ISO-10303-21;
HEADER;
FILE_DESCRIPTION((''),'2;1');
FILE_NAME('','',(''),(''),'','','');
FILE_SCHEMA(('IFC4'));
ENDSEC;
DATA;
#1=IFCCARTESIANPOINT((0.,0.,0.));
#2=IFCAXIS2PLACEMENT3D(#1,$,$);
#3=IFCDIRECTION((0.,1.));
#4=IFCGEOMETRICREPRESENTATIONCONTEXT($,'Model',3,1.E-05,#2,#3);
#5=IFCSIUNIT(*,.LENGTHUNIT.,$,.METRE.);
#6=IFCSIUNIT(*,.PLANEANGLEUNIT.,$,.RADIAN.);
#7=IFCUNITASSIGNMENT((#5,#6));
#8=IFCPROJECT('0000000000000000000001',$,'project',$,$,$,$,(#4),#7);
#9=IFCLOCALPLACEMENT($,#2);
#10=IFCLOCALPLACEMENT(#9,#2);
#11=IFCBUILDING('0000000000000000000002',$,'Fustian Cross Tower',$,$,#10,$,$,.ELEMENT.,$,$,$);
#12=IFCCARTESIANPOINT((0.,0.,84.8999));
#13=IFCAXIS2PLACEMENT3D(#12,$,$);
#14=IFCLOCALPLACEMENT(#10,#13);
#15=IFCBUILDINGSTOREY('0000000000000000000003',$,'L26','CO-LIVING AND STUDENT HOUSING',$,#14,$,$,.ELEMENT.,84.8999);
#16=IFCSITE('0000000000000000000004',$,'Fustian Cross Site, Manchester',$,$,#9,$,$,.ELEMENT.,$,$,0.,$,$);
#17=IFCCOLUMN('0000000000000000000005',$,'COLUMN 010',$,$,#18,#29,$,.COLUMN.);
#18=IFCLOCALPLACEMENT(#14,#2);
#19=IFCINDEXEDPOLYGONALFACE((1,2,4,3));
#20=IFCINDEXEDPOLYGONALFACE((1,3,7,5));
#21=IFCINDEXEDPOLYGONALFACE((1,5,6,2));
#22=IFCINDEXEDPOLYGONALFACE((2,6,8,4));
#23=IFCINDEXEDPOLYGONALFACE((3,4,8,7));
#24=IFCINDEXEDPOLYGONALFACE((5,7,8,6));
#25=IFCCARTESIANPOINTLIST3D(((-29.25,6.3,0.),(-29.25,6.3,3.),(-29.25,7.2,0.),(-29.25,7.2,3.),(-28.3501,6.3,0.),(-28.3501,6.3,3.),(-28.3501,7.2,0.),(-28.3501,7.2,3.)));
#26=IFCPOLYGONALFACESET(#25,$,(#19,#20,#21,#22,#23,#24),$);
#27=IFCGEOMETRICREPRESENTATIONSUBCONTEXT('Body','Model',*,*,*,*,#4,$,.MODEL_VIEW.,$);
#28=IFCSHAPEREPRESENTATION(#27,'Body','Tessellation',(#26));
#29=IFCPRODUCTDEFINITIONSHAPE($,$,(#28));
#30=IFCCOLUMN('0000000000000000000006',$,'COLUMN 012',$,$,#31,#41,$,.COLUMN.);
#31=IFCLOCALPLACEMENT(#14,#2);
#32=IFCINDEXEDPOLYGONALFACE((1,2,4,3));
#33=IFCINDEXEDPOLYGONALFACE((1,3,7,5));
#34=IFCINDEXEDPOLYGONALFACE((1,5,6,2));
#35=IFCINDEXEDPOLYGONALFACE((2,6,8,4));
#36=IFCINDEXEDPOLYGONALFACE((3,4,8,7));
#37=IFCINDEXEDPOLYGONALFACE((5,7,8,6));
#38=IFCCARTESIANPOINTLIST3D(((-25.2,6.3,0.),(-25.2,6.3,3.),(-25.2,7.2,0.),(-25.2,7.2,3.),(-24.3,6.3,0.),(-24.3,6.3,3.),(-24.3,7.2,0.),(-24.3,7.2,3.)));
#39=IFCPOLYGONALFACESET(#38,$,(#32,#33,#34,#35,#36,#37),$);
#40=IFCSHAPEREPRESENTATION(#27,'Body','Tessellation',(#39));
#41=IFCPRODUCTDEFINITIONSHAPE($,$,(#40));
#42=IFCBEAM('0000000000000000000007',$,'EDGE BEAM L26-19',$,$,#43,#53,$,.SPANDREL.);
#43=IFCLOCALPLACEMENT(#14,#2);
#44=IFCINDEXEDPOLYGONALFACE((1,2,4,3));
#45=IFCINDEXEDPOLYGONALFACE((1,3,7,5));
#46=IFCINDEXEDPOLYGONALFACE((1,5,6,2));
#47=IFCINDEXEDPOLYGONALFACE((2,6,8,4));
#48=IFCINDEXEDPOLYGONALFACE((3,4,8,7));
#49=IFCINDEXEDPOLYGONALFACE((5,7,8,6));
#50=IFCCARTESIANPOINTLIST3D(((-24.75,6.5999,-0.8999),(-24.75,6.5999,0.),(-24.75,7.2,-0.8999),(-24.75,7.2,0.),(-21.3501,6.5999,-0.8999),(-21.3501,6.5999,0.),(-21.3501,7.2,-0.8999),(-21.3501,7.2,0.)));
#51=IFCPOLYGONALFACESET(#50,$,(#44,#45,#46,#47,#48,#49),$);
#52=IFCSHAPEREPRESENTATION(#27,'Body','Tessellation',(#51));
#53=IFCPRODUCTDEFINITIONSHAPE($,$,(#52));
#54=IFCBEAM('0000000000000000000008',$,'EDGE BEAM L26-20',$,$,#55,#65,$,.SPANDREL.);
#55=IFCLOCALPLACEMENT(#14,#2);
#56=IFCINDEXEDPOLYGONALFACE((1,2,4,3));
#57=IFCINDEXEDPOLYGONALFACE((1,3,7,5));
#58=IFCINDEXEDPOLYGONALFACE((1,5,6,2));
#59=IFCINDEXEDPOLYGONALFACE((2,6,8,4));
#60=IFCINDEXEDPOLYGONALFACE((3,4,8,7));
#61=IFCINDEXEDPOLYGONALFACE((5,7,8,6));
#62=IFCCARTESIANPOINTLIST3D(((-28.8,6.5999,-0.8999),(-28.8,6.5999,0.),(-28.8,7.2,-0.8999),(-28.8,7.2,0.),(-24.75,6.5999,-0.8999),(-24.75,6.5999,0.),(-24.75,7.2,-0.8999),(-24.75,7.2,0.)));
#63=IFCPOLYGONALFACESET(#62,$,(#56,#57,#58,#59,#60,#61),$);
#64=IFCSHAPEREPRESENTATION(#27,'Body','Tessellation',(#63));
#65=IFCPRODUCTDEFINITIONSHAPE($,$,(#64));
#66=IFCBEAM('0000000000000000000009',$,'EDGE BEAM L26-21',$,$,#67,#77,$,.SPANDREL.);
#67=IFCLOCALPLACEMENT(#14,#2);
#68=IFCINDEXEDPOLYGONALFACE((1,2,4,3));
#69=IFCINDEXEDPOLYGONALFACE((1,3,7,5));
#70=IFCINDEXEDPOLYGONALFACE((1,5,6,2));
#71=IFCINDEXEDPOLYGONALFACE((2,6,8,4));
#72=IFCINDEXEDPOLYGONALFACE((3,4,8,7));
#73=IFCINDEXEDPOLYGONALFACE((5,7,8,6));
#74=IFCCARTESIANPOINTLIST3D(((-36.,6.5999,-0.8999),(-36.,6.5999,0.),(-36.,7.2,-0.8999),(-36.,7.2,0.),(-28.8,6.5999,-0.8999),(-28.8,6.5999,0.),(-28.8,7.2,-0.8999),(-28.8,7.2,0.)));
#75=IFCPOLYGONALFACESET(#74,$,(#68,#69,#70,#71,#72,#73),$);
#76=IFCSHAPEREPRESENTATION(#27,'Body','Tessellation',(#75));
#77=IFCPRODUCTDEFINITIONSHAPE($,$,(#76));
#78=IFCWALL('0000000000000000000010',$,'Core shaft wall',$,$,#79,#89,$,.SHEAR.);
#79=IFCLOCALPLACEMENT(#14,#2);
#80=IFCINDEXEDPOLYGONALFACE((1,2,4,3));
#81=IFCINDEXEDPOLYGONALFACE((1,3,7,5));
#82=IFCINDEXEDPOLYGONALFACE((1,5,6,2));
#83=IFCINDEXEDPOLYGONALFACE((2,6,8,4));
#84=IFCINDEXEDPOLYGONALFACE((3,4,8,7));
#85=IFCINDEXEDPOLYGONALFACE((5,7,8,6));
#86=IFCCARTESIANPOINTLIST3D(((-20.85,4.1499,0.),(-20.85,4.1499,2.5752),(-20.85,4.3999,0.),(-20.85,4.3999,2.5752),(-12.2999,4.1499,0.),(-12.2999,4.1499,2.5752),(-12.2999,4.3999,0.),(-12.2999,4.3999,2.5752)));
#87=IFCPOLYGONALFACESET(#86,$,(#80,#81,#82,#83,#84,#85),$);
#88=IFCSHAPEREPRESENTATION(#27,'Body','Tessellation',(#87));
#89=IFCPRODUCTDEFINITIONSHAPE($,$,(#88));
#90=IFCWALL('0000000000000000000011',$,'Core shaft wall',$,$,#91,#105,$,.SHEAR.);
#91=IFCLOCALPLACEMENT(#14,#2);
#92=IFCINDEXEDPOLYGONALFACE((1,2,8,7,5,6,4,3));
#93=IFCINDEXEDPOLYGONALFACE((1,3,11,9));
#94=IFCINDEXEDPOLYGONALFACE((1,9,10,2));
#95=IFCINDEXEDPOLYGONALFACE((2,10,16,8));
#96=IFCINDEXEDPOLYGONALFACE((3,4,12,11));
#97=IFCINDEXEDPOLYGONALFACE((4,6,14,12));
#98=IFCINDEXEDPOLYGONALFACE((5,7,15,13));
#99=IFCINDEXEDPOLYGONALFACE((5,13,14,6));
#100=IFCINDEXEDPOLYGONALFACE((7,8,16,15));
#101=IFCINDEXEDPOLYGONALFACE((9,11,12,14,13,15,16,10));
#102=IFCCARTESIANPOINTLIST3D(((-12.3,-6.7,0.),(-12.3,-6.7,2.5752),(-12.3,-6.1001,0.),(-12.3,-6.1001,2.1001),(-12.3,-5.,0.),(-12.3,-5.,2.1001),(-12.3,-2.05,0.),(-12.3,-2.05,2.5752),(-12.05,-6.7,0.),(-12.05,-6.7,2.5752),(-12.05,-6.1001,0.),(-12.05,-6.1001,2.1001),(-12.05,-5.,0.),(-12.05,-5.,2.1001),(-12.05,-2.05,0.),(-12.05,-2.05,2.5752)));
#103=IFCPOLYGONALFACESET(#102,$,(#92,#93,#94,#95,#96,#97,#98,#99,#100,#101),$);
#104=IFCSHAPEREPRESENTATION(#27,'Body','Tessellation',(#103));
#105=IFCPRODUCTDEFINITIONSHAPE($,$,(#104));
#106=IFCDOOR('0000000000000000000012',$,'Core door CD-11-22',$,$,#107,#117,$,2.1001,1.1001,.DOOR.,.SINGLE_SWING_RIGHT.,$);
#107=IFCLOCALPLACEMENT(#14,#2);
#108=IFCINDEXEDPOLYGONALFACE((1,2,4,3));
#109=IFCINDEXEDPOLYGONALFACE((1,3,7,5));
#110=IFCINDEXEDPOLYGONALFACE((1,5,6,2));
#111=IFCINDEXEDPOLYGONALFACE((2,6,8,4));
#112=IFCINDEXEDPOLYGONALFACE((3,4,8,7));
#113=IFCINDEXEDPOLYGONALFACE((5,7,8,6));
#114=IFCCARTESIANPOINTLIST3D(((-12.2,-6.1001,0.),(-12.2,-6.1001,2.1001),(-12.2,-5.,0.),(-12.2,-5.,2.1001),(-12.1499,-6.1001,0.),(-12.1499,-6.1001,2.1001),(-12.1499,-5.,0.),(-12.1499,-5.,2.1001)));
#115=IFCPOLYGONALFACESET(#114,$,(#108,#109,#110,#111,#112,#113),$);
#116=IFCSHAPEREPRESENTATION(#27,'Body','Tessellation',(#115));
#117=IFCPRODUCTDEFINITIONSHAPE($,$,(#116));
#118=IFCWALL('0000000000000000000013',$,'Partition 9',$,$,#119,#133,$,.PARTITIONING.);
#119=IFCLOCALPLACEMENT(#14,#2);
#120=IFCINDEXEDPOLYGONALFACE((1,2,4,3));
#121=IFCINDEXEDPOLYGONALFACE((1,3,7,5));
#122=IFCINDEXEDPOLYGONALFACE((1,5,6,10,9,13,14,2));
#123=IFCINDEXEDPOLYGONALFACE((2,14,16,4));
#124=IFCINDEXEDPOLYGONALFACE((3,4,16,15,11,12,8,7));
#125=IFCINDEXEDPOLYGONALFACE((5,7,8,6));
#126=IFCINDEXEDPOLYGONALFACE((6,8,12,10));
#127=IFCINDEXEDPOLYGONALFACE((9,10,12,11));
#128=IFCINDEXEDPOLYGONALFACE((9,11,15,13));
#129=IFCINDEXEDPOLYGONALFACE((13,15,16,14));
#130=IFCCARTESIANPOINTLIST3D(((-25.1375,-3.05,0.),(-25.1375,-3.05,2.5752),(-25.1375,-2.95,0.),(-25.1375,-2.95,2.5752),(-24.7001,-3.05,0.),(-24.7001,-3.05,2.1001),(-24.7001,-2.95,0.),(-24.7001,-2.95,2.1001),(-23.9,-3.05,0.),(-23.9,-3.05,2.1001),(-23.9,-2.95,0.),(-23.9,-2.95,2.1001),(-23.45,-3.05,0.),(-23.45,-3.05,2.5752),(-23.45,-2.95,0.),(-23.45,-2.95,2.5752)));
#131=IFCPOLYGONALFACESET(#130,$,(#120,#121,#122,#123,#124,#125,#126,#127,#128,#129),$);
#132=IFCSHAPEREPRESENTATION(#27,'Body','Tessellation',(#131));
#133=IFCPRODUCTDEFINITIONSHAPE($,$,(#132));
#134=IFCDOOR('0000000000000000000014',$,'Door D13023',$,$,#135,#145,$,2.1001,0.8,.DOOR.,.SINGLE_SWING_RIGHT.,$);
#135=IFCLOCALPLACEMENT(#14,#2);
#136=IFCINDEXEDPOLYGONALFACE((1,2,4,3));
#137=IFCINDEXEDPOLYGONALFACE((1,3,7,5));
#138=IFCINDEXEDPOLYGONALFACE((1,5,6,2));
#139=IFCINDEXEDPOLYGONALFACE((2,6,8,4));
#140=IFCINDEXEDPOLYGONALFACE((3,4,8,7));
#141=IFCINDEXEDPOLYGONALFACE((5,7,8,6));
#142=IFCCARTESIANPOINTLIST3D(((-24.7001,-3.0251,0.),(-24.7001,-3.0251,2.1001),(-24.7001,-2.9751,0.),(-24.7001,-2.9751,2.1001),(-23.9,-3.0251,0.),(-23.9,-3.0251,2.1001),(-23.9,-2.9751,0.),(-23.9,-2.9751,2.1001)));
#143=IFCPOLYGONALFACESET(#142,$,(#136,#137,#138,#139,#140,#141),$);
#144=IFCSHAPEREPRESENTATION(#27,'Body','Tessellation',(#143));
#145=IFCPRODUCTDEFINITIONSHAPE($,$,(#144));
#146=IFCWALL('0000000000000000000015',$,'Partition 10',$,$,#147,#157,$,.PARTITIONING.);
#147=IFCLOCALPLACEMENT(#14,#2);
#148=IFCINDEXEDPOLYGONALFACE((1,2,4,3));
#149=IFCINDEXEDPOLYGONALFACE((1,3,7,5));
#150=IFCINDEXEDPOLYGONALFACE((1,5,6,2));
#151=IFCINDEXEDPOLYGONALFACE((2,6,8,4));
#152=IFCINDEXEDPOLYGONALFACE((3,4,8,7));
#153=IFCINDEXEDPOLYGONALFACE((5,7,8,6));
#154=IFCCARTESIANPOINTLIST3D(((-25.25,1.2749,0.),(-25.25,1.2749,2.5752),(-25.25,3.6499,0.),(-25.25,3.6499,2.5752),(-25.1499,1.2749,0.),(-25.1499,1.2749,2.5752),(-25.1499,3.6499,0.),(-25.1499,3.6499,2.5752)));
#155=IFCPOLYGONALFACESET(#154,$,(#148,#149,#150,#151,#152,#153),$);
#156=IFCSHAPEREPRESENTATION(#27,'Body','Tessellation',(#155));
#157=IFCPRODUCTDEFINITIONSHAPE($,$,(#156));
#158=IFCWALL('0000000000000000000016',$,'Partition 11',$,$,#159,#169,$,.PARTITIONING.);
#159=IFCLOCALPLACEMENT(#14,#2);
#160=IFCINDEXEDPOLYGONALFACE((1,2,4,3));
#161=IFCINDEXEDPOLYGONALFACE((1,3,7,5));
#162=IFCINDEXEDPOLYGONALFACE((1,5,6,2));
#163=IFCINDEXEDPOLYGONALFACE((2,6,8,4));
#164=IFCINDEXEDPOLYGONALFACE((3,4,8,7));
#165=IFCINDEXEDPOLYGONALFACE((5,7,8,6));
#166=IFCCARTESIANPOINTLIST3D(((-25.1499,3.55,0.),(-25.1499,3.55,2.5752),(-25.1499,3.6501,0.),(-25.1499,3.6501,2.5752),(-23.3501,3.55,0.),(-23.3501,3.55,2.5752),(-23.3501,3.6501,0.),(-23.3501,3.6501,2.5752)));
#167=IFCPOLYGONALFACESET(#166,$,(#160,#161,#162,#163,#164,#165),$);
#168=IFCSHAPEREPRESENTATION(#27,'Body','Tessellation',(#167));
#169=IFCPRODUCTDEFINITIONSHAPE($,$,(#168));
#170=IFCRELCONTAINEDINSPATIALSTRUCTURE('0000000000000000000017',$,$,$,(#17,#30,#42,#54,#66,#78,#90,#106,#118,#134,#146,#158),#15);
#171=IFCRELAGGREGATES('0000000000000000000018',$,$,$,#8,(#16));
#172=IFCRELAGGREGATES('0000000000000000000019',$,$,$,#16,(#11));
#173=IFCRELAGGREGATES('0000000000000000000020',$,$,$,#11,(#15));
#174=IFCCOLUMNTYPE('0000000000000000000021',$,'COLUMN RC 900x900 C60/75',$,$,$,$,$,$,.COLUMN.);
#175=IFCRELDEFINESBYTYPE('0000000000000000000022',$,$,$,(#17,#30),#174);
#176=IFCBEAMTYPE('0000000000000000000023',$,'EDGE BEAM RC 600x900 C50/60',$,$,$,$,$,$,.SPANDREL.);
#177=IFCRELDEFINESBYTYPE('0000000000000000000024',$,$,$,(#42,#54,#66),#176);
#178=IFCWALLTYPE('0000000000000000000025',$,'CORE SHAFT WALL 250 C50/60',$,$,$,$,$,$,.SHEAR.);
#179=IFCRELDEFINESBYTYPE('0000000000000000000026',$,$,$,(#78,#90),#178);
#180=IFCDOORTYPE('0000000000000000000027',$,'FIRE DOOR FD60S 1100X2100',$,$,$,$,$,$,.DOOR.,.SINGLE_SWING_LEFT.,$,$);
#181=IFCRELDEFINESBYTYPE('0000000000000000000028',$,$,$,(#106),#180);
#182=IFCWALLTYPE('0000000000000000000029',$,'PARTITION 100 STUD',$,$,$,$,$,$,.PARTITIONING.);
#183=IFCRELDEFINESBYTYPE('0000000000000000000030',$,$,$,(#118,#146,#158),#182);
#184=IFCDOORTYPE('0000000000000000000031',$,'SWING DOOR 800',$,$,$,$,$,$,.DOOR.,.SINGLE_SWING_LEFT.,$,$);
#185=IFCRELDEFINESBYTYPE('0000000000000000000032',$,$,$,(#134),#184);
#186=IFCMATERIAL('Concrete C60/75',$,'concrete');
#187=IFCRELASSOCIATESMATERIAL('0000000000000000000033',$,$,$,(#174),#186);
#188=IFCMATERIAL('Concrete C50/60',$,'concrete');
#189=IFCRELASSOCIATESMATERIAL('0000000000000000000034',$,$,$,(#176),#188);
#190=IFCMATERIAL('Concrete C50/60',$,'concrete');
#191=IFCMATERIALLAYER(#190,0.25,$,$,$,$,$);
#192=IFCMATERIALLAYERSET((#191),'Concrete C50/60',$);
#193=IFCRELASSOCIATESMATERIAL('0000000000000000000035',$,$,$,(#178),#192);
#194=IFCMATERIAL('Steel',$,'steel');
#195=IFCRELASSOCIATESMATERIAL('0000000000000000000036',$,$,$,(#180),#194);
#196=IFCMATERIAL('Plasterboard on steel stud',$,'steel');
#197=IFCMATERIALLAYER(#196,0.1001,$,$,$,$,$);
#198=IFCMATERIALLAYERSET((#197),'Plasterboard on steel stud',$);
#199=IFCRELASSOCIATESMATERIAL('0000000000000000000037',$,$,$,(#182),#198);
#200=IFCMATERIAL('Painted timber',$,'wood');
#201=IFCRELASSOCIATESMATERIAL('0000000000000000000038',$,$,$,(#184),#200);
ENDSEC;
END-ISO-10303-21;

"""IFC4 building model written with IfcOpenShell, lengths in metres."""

from ifc_helpers import new_model, si_unit, direction, frame, frame_2d, origin, origin_2d, place, context, subcontext, project, spatial, rectangle, extrude, material, layer, layer_set, material_profile, profile_set, type_object, element, fill, save


model = new_model("IFC4")

# Units and contexts
model_context = context("Model", 3, precision=1e-05, world=origin(), true_north=direction((0.0, 1.0)))
body_context = subcontext(model_context, "Body", "Model", "MODEL_VIEW")
ifc_project = project(units=[si_unit("LENGTHUNIT", "METRE"), si_unit("PLANEANGLEUNIT", "RADIAN")], contexts=[model_context])

# Site, building, storey
site_placement = place(None, origin())
site = spatial("IfcSite", under=ifc_project, at=site_placement, Name="Fustian Cross Site, Manchester", CompositionType="ELEMENT", RefElevation=0.0)
building_placement = place(site_placement, origin())
building = spatial("IfcBuilding", under=site, at=building_placement, Name="Fustian Cross Tower", CompositionType="ELEMENT")
storey_placement = place(building_placement, frame((0.0, 0.0, 84.8999)))
storey = spatial("IfcBuildingStorey", under=building, at=storey_placement, Name="L26", Description="CO-LIVING AND STUDENT HOUSING", CompositionType="ELEMENT", Elevation=84.8999)

# Columns
ifc_material_1 = material(Name="Concrete C60/75", Category="concrete")
ifc_material_profile_1 = material_profile(ifc_material_1, rectangle(XDim=0.8999, YDim=0.8999, at=origin_2d()), Name="RC 900x900")
ifc_profile_set_1 = profile_set([ifc_material_profile_1], Name="Concrete C60/75")
column_type = type_object("IfcColumnType", Name="COLUMN RC 900x900 C60/75", PredefinedType="COLUMN", material=ifc_profile_set_1)
for number, where, z_axis, x_axis, name in (
    (1, (-28.8, 6.75, 0.0), (0.0, 0.0, 1.0), (1.0, 0.0, 0.0), "COLUMN 010"),
    (2, (-24.75, 6.75, 0.0), (0.0, 0.0, 1.0), (1.0, 0.0, 0.0), "COLUMN 012"),
):
    element("IfcColumn", number, at=place(storey_placement, frame(where, z_axis=z_axis, x_axis=x_axis)), inside=storey, type_object=column_type, Name=name, PredefinedType="COLUMN", context=body_context, shape_type="SweptSolid", body=[
        extrude(rectangle(XDim=0.8999, YDim=0.8999, at=origin_2d()), origin(), (0.0, 0.0, 1.0), 3.0),
    ])

# Beams
ifc_material_2 = material(Name="Concrete C50/60", Category="concrete")
ifc_material_profile_2 = material_profile(ifc_material_2, rectangle(XDim=0.6001, YDim=0.8999, at=origin_2d()), Name="RC 600x900")
ifc_profile_set_2 = profile_set([ifc_material_profile_2], Name="Concrete C50/60")
beam_type = type_object("IfcBeamType", Name="EDGE BEAM RC 600x900 C50/60", PredefinedType="SPANDREL", material=ifc_profile_set_2)
beam_1_placement = place(storey_placement, frame((-21.3501, 6.8999, -0.45), z_axis=(-1.0, 0.0, 0.0), x_axis=(0.0, -1.0, 0.0)))
element("IfcBeam", 3, at=beam_1_placement, inside=storey, type_object=beam_type, Name="EDGE BEAM L26-19", PredefinedType="SPANDREL", context=body_context, shape_type="SweptSolid", body=[
    extrude(rectangle(XDim=0.6001, YDim=0.8999, at=origin_2d()), origin(), (0.0, 0.0, 1.0), 3.3999),
])
beam_2_placement = place(storey_placement, frame((-24.75, 6.8999, -0.45), z_axis=(-1.0, 0.0, 0.0), x_axis=(0.0, -1.0, 0.0)))
element("IfcBeam", 4, at=beam_2_placement, inside=storey, type_object=beam_type, Name="EDGE BEAM L26-20", PredefinedType="SPANDREL", context=body_context, shape_type="SweptSolid", body=[
    extrude(rectangle(XDim=0.6001, YDim=0.8999, at=origin_2d()), origin(), (0.0, 0.0, 1.0), 4.05),
])
beam_3_placement = place(storey_placement, frame((-28.8, 6.8999, -0.45), z_axis=(-1.0, 0.0, 0.0), x_axis=(0.0, -1.0, 0.0)))
element("IfcBeam", 5, at=beam_3_placement, inside=storey, type_object=beam_type, Name="EDGE BEAM L26-21", PredefinedType="SPANDREL", context=body_context, shape_type="SweptSolid", body=[
    extrude(rectangle(XDim=0.6001, YDim=0.8999, at=origin_2d()), origin(), (0.0, 0.0, 1.0), 7.2),
])

# Wall
ifc_material_3 = material(Name="Concrete C50/60", Category="concrete")
ifc_layer_1 = layer(ifc_material_3, 0.25)
ifc_layer_set_1 = layer_set([ifc_layer_1], Name="Concrete C50/60")
wall_type_1 = type_object("IfcWallType", Name="CORE SHAFT WALL 250 C50/60", PredefinedType="SHEAR", material=ifc_layer_set_1)
wall_1_placement = place(storey_placement, frame((-12.3, 4.2749, 0.0), z_axis=(0.0, 0.0, 1.0), x_axis=(-1.0, 0.0, 0.0)))
element("IfcWall", 6, at=wall_1_placement, inside=storey, type_object=wall_type_1, Name="Core shaft wall", PredefinedType="SHEAR", context=body_context, shape_type="SweptSolid", body=[
    extrude(rectangle(XDim=8.55, YDim=0.25, at=frame_2d((4.2749, 0.0))), origin(), (0.0, 0.0, 1.0), 2.5752),
])

# Walls, openings, doors
wall_2_placement = place(storey_placement, frame((-12.175, -2.05, 0.0), z_axis=(0.0, 0.0, 1.0), x_axis=(0.0, -1.0, 0.0)))
wall_2 = element("IfcWall", 7, at=wall_2_placement, inside=storey, type_object=wall_type_1, Name="Core shaft wall", PredefinedType="SHEAR", context=body_context, shape_type="SweptSolid", body=[
    extrude(rectangle(XDim=4.6499, YDim=0.25, at=frame_2d((2.325, 0.0))), origin(), (0.0, 0.0, 1.0), 2.5752),
])
opening_1_placement = place(wall_2_placement, frame((2.95, 0.0, 0.0)))
opening_1 = element("IfcOpeningElement", 8, at=opening_1_placement, cuts=wall_2, PredefinedType="OPENING", context=body_context, shape_type="SweptSolid", body=[
    extrude(rectangle(XDim=1.1001, YDim=2.1001, at=frame_2d((0.55, 1.05))), frame((0.0, 0.135, 0.0), z_axis=(0.0, -1.0, 0.0), x_axis=(1.0, 0.0, 0.0)), (0.0, 0.0, 1.0), 0.27),
])
ifc_material_4 = material(Name="Steel", Category="steel")
door_type_1 = type_object("IfcDoorType", Name="FIRE DOOR FD60S 1100X2100", OperationType="SINGLE_SWING_LEFT", PredefinedType="DOOR", material=ifc_material_4)
door_1_placement = place(opening_1_placement, frame((1.1001, 0.0, 0.0), z_axis=(0.0, 0.0, 1.0), x_axis=(-1.0, 0.0, 0.0)))
door_1 = element("IfcDoor", 9, at=door_1_placement, inside=storey, type_object=door_type_1, Name="Core door CD-11-22", OperationType="SINGLE_SWING_RIGHT", OverallHeight=2.1001, OverallWidth=1.1001, PredefinedType="DOOR", context=body_context, shape_type="SweptSolid", body=[
    extrude(rectangle(XDim=1.1001, YDim=2.1001, at=frame_2d((0.55, 1.05))), frame((0.0, 0.0249, 0.0), z_axis=(0.0, -1.0, 0.0), x_axis=(1.0, 0.0, 0.0)), (0.0, 0.0, 1.0), 0.05),
])
fill(opening_1, door_1)
ifc_material_5 = material(Name="Plasterboard on steel stud", Category="steel")
ifc_layer_2 = layer(ifc_material_5, 0.1001)
ifc_layer_set_2 = layer_set([ifc_layer_2], Name="Plasterboard on steel stud")
wall_type_2 = type_object("IfcWallType", Name="PARTITION 100 STUD", PredefinedType="PARTITIONING", material=ifc_layer_set_2)
wall_3_placement = place(storey_placement, frame((-25.1375, -3.0, 0.0), z_axis=(0.0, 0.0, 1.0), x_axis=(1.0, 0.0, 0.0)))
wall_3 = element("IfcWall", 10, at=wall_3_placement, inside=storey, type_object=wall_type_2, Name="Partition 9", PredefinedType="PARTITIONING", context=body_context, shape_type="SweptSolid", body=[
    extrude(rectangle(XDim=1.6875, YDim=0.1001, at=frame_2d((0.8438, 0.0))), origin(), (0.0, 0.0, 1.0), 2.5752),
])
opening_2_placement = place(wall_3_placement, frame((0.4375, 0.0, 0.0)))
opening_2 = element("IfcOpeningElement", 11, at=opening_2_placement, cuts=wall_3, PredefinedType="OPENING", context=body_context, shape_type="SweptSolid", body=[
    extrude(rectangle(XDim=0.8, YDim=2.1001, at=frame_2d((0.3999, 1.05))), frame((0.0, 0.0601, 0.0), z_axis=(0.0, -1.0, 0.0), x_axis=(1.0, 0.0, 0.0)), (0.0, 0.0, 1.0), 0.1201),
])
ifc_material_6 = material(Name="Painted timber", Category="wood")
door_type_2 = type_object("IfcDoorType", Name="SWING DOOR 800", OperationType="SINGLE_SWING_LEFT", PredefinedType="DOOR", material=ifc_material_6)
door_2_placement = place(opening_2_placement, origin())
door_2 = element("IfcDoor", 12, at=door_2_placement, inside=storey, type_object=door_type_2, Name="Door D13023", OperationType="SINGLE_SWING_RIGHT", OverallHeight=2.1001, OverallWidth=0.8, PredefinedType="DOOR", context=body_context, shape_type="SweptSolid", body=[
    extrude(rectangle(XDim=0.8, YDim=2.1001, at=frame_2d((0.3999, 1.05))), frame((0.0, 0.0249, 0.0), z_axis=(0.0, -1.0, 0.0), x_axis=(1.0, 0.0, 0.0)), (0.0, 0.0, 1.0), 0.05),
])
fill(opening_2, door_2)

# Walls
wall_4_placement = place(storey_placement, frame((-25.2, 1.2749, 0.0), z_axis=(0.0, 0.0, 1.0), x_axis=(0.0, 1.0, 0.0)))
element("IfcWall", 13, at=wall_4_placement, inside=storey, type_object=wall_type_2, Name="Partition 10", PredefinedType="PARTITIONING", context=body_context, shape_type="SweptSolid", body=[
    extrude(rectangle(XDim=2.375, YDim=0.1001, at=frame_2d((1.1875, 0.0))), origin(), (0.0, 0.0, 1.0), 2.5752),
])
wall_5_placement = place(storey_placement, frame((-25.1499, 3.6001, 0.0), z_axis=(0.0, 0.0, 1.0), x_axis=(1.0, 0.0, 0.0)))
element("IfcWall", 14, at=wall_5_placement, inside=storey, type_object=wall_type_2, Name="Partition 11", PredefinedType="PARTITIONING", context=body_context, shape_type="SweptSolid", body=[
    extrude(rectangle(XDim=1.7998, YDim=0.1001, at=frame_2d((0.8999, 0.0))), origin(), (0.0, 0.0, 1.0), 2.5752),
])

save(model, "model.ifc")
